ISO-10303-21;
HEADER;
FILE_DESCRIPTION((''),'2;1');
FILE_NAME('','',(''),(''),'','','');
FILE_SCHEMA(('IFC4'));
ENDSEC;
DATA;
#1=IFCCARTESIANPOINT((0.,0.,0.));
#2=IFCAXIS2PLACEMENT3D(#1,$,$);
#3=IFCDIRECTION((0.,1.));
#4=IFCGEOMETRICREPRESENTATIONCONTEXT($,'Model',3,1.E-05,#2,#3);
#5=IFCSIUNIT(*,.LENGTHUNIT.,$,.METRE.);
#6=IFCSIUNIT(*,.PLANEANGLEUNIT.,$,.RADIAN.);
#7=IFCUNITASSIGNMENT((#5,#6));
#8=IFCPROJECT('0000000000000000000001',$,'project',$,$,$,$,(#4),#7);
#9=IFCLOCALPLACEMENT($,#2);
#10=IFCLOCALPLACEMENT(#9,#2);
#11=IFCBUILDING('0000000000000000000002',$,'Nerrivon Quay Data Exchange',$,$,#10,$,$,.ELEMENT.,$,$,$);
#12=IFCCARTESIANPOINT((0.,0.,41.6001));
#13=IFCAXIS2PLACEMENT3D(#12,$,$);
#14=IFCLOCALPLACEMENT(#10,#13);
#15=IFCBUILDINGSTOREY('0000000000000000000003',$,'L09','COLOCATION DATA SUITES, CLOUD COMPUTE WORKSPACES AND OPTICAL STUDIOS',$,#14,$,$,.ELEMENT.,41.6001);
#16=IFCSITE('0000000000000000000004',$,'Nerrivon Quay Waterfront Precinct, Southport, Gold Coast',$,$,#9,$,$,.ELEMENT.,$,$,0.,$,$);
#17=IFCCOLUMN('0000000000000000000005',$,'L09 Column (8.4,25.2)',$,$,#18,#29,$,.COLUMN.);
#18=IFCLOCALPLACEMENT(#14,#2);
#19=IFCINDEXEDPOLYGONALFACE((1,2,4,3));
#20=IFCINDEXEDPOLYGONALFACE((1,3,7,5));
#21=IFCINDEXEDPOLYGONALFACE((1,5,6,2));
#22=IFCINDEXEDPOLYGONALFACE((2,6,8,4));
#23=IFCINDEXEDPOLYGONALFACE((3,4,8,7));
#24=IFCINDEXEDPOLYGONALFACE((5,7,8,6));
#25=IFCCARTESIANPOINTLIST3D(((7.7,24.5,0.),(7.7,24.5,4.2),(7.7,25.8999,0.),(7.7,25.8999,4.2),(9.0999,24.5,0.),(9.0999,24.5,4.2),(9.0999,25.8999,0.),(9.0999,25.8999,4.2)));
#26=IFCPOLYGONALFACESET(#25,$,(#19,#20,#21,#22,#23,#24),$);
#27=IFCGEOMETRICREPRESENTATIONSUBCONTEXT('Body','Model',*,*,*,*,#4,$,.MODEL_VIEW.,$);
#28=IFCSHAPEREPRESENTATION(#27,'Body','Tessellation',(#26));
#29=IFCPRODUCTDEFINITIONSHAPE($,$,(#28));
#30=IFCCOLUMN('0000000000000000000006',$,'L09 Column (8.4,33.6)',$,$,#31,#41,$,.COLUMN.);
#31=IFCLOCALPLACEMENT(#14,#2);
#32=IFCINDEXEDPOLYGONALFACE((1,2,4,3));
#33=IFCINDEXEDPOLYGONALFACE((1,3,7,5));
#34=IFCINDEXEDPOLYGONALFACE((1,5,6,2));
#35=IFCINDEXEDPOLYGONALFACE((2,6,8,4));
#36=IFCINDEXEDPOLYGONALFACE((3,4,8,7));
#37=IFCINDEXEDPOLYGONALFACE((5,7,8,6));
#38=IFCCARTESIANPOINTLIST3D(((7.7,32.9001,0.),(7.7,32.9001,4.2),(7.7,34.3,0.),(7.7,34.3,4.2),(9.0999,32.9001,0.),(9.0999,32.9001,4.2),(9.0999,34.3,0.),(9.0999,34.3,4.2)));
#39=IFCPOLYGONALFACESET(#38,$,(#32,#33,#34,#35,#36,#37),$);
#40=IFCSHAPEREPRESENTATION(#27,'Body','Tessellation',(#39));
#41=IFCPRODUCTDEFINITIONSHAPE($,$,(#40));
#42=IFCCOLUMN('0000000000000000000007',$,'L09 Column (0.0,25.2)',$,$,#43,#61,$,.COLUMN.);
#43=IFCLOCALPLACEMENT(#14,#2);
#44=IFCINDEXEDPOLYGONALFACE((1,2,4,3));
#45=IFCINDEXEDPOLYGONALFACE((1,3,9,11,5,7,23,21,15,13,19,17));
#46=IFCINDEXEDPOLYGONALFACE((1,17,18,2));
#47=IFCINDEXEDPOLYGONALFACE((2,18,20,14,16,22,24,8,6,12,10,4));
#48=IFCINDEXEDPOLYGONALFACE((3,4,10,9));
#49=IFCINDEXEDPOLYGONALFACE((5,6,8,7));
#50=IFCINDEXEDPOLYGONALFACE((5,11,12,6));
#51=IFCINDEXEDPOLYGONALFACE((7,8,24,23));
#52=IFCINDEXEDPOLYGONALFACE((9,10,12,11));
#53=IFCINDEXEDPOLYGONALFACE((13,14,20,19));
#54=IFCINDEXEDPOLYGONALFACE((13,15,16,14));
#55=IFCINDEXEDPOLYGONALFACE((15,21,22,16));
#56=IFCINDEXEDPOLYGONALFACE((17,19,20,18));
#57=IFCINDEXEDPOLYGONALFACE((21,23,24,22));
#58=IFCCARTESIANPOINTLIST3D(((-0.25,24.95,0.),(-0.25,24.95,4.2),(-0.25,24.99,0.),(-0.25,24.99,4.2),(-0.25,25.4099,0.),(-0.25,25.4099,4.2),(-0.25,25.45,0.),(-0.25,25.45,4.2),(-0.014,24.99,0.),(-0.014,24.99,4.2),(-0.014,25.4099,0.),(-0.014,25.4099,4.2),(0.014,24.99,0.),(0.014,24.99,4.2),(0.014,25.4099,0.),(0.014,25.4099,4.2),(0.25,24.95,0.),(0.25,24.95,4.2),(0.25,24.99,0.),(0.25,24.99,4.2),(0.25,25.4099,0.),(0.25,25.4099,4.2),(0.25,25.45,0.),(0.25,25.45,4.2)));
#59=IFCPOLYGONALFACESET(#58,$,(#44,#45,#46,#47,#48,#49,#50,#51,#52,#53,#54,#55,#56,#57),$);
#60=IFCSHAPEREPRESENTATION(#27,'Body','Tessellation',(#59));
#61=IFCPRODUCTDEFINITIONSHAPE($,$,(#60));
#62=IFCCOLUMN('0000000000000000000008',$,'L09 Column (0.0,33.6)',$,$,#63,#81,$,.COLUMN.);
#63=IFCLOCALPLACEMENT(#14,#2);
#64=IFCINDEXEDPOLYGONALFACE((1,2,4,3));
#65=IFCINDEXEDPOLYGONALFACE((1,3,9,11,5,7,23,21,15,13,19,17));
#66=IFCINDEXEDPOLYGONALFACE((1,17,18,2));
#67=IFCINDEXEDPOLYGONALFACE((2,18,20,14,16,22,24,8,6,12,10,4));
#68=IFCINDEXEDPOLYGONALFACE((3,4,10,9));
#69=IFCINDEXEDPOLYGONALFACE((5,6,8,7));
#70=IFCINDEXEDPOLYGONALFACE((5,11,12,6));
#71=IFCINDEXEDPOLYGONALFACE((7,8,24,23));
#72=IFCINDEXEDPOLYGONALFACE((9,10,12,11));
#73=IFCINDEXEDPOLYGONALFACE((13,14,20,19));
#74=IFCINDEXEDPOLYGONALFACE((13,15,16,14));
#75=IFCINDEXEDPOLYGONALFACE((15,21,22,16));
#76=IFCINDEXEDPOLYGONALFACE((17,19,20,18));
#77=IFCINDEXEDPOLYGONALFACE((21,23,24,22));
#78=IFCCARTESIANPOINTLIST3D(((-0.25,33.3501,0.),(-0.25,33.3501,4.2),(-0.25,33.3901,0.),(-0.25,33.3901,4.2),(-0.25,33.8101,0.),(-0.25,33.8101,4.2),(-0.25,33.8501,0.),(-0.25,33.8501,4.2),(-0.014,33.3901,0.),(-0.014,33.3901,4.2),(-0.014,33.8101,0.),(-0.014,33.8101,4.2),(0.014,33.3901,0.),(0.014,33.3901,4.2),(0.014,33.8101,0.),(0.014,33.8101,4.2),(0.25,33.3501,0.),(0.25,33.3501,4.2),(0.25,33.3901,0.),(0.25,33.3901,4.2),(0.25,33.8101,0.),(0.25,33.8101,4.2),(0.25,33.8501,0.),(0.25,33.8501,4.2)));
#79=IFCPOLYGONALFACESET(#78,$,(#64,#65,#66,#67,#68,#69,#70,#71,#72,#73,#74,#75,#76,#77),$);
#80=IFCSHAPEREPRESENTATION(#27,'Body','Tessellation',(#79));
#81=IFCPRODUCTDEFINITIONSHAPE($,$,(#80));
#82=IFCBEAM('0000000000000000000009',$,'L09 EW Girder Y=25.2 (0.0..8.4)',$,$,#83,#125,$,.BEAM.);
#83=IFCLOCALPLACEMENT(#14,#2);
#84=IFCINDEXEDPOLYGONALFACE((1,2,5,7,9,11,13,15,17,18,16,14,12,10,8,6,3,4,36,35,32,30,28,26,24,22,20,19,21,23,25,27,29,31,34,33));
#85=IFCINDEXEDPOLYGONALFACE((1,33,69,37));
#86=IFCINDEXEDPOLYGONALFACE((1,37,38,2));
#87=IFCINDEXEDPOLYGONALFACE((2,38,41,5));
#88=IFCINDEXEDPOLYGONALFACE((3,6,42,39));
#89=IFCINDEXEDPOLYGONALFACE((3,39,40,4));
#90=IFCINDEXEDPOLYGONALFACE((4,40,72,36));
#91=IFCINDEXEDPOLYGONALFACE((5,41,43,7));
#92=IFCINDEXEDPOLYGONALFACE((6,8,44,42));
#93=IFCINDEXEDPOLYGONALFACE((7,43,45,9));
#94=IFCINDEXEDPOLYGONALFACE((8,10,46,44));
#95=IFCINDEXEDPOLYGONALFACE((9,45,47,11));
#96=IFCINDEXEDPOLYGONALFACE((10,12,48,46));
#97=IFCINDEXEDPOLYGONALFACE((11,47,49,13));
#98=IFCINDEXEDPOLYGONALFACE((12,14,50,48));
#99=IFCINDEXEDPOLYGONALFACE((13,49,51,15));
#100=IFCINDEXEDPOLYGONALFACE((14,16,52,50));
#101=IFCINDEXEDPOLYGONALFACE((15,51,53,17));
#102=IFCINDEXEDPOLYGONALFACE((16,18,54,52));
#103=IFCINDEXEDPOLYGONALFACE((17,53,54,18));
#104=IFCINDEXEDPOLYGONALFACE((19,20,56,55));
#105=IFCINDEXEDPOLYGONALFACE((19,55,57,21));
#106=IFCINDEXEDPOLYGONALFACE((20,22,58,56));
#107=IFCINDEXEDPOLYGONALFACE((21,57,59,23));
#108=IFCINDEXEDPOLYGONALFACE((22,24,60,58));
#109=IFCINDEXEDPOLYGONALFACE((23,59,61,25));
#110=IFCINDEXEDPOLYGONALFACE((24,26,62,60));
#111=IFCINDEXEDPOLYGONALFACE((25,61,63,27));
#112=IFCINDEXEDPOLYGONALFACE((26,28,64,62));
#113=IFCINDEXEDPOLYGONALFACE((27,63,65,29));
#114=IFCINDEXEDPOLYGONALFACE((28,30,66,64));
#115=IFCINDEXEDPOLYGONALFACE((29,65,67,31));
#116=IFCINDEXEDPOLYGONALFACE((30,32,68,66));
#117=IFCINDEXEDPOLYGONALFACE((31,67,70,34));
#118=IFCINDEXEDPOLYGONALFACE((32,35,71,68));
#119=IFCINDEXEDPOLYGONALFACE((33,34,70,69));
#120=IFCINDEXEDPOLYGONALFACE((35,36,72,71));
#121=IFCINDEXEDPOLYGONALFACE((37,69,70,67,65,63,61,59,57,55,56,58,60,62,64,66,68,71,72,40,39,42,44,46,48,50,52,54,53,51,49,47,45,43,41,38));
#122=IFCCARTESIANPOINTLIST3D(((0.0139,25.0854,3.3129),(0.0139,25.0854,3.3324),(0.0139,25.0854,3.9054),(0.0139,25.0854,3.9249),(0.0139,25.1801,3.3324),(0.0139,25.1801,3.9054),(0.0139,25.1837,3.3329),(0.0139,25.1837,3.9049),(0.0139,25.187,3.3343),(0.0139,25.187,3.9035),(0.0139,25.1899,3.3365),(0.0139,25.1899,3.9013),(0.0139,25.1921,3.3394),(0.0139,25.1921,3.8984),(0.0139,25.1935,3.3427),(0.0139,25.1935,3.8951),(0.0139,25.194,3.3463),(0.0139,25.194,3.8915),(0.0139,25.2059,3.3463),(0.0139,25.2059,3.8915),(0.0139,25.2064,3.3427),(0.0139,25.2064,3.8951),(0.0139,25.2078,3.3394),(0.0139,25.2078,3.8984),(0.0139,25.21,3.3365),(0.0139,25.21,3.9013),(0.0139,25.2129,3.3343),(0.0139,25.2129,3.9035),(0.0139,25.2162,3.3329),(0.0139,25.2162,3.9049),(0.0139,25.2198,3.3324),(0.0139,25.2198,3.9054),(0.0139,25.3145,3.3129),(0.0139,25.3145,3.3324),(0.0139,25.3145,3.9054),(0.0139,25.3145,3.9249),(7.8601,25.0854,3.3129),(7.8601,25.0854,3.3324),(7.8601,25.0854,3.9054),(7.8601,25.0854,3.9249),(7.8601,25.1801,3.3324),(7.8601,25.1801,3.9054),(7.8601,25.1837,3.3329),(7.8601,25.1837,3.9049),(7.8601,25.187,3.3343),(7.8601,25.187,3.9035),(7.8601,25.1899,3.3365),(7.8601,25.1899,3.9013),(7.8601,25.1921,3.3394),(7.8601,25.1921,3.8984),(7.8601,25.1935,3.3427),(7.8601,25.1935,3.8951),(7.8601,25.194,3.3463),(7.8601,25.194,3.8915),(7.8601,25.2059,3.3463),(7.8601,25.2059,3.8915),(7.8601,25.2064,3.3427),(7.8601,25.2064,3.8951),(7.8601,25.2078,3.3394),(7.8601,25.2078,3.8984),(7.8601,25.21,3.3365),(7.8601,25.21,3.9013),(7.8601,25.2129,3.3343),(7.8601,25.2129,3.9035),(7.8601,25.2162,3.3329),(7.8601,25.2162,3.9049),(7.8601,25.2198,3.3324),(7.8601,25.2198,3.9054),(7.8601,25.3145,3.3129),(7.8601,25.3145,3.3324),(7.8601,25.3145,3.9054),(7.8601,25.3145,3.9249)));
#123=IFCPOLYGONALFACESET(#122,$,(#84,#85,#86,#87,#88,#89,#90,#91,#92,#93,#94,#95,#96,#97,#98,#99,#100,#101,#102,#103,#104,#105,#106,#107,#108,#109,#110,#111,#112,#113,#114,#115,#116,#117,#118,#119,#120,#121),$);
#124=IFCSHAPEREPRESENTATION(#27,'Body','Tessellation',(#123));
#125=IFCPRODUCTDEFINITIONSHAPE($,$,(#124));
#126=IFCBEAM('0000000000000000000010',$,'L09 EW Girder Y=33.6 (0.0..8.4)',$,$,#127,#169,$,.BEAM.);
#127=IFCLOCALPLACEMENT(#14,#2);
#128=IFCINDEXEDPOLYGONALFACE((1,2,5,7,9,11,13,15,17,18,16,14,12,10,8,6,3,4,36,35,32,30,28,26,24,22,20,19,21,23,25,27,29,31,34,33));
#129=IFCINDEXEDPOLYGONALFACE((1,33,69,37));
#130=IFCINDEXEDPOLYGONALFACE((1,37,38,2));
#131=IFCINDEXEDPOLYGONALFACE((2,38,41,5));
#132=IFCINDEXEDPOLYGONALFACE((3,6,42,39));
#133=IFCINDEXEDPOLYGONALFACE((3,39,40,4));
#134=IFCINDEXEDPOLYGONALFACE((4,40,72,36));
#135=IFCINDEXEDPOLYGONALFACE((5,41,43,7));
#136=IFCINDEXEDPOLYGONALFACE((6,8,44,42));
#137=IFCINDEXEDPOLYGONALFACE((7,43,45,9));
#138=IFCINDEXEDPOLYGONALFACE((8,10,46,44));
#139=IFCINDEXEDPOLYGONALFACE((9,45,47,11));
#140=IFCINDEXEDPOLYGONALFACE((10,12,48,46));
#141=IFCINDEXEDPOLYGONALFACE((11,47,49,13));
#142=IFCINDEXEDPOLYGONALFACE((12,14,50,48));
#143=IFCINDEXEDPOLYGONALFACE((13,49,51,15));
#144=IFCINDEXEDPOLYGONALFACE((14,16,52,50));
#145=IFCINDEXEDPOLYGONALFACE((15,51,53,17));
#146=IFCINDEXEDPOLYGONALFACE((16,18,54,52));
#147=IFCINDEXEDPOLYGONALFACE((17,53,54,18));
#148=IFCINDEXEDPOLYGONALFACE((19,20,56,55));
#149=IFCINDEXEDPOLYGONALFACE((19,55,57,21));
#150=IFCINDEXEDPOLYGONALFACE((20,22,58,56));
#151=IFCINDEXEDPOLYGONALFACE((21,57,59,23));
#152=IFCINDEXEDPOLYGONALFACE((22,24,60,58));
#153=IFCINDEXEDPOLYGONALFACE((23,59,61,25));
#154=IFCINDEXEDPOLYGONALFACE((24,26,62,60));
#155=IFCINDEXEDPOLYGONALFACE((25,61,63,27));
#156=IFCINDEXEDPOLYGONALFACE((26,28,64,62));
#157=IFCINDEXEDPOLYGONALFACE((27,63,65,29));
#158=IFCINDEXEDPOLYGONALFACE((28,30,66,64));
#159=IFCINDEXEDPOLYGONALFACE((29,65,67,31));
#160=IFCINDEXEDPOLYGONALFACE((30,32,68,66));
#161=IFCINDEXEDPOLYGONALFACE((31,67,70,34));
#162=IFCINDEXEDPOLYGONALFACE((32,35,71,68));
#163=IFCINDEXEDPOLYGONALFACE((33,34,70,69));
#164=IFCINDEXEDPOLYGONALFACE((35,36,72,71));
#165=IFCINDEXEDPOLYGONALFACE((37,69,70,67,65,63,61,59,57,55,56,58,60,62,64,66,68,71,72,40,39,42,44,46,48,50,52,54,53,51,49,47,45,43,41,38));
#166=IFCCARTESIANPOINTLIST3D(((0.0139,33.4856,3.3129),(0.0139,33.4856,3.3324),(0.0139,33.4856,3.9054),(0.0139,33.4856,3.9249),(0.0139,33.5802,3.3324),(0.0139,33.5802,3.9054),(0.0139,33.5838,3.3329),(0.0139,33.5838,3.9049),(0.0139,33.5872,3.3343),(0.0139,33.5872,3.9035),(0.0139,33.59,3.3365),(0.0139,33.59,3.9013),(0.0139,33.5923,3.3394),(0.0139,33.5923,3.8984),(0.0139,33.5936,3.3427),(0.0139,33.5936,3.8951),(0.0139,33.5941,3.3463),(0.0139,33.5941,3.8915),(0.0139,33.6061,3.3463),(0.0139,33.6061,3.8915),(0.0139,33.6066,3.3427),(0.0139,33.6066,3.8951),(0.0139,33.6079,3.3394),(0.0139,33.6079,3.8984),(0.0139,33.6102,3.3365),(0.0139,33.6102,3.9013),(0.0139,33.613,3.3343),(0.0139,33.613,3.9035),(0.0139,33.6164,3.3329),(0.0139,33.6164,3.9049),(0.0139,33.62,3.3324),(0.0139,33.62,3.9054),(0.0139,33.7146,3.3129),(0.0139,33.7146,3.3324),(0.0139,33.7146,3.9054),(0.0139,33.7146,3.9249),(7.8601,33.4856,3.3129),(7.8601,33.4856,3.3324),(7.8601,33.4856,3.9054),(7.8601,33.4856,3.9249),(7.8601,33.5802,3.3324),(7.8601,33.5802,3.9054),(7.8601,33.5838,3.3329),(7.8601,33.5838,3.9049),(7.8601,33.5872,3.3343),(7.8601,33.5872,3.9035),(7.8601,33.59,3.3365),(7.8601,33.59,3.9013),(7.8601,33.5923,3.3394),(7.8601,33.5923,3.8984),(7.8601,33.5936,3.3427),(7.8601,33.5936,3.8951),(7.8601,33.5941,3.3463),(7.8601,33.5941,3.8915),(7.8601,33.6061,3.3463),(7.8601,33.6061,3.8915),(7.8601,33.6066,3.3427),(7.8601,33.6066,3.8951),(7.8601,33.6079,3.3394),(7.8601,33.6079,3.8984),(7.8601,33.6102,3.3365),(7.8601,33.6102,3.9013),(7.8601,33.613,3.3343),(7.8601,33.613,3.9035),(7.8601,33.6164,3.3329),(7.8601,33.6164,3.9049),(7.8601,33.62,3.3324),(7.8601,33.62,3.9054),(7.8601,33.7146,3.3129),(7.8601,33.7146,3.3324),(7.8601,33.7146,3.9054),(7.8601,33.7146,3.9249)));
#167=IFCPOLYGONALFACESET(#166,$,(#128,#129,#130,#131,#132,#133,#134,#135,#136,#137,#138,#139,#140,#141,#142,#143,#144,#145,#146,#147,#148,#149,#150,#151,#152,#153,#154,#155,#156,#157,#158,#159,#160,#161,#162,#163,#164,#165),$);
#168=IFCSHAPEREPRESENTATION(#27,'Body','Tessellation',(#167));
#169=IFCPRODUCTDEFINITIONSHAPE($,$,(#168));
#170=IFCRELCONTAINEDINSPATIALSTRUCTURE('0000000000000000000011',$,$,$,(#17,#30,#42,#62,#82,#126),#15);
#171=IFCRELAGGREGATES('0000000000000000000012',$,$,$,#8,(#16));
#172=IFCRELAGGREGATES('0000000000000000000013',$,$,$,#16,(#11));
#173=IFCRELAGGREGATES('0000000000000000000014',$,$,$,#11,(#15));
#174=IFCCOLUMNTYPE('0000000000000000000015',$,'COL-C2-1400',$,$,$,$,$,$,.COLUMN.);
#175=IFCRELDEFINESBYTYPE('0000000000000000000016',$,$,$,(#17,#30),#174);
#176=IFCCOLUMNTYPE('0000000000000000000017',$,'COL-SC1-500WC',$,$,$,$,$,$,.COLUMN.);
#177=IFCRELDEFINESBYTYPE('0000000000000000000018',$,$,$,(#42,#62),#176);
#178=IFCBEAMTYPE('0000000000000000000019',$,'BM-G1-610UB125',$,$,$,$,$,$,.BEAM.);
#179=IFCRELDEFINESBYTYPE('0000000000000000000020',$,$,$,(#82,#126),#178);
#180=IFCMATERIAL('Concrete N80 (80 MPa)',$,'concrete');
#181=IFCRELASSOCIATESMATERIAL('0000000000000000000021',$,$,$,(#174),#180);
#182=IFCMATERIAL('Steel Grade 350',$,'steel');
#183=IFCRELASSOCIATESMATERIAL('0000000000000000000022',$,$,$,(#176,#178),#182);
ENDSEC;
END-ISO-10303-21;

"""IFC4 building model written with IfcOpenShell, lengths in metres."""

from ifc_helpers import new_model, si_unit, direction, frame, origin, origin_2d, place, context, subcontext, project, spatial, rectangle, i_section, extrude, material, material_profile, profile_set, type_object, element, save


model = new_model("IFC4")

# Units and contexts
model_context = context("Model", 3, precision=1e-05, world=origin(), true_north=direction((0.0, 1.0)))
body_context = subcontext(model_context, "Body", "Model", "MODEL_VIEW")
ifc_project = project(units=[si_unit("LENGTHUNIT", "METRE"), si_unit("PLANEANGLEUNIT", "RADIAN")], contexts=[model_context])

# Site, building, storey
site_placement = place(None, origin())
site = spatial("IfcSite", under=ifc_project, at=site_placement, Name="Nerrivon Quay Waterfront Precinct, Southport, Gold Coast", CompositionType="ELEMENT", RefElevation=0.0)
building_placement = place(site_placement, origin())
building = spatial("IfcBuilding", under=site, at=building_placement, Name="Nerrivon Quay Data Exchange", CompositionType="ELEMENT")
storey_placement = place(building_placement, frame((0.0, 0.0, 41.6001)))
storey = spatial("IfcBuildingStorey", under=building, at=storey_placement, Name="L09", Description="COLOCATION DATA SUITES, CLOUD COMPUTE WORKSPACES AND OPTICAL STUDIOS", CompositionType="ELEMENT", Elevation=41.6001)

# Columns
ifc_material_1 = material(Name="Concrete N80 (80 MPa)", Category="concrete")
ifc_material_profile_1 = material_profile(ifc_material_1, rectangle(XDim=1.3999, YDim=1.3999, at=origin_2d()), Name="RC-COL-1400x1400")
ifc_profile_set_1 = profile_set([ifc_material_profile_1], Name="Concrete N80 (80 MPa)")
column_type_1 = type_object("IfcColumnType", Name="COL-C2-1400", PredefinedType="COLUMN", material=ifc_profile_set_1)
for number, where, z_axis, x_axis, name in (
    (1, (8.3999, 25.2, 0.0), (0.0, 0.0, 1.0), (1.0, 0.0, 0.0), "L09 Column (8.4,25.2)"),
    (2, (8.3999, 33.6001, 0.0), (0.0, 0.0, 1.0), (1.0, 0.0, 0.0), "L09 Column (8.4,33.6)"),
):
    element("IfcColumn", number, at=place(storey_placement, frame(where, z_axis=z_axis, x_axis=x_axis)), inside=storey, type_object=column_type_1, Name=name, PredefinedType="COLUMN", context=body_context, shape_type="SweptSolid", body=[
        extrude(rectangle(XDim=1.3999, YDim=1.3999, at=origin_2d()), origin(), (0.0, 0.0, 1.0), 4.2),
    ])
ifc_material_2 = material(Name="Steel Grade 350", Category="steel")
ifc_material_profile_2 = material_profile(ifc_material_2, i_section(OverallWidth=0.5, OverallDepth=0.5, WebThickness=0.0281, FlangeThickness=0.04, at=origin_2d()), Name="500WC440")
ifc_profile_set_2 = profile_set([ifc_material_profile_2], Name="Steel Grade 350")
column_type_2 = type_object("IfcColumnType", Name="COL-SC1-500WC", PredefinedType="COLUMN", material=ifc_profile_set_2)
for number, where, z_axis, x_axis, name in (
    (3, (0.0, 25.2, 0.0), (0.0, 0.0, 1.0), (1.0, 0.0, 0.0), "L09 Column (0.0,25.2)"),
    (4, (0.0, 33.6001, 0.0), (0.0, 0.0, 1.0), (1.0, 0.0, 0.0), "L09 Column (0.0,33.6)"),
):
    element("IfcColumn", number, at=place(storey_placement, frame(where, z_axis=z_axis, x_axis=x_axis)), inside=storey, type_object=column_type_2, Name=name, PredefinedType="COLUMN", context=body_context, shape_type="SweptSolid", body=[
        extrude(i_section(OverallWidth=0.5, OverallDepth=0.5, WebThickness=0.0281, FlangeThickness=0.04, at=origin_2d()), origin(), (0.0, 0.0, 1.0), 4.2),
    ])

# Beams
ifc_material_profile_3 = material_profile(ifc_material_2, i_section(OverallWidth=0.229, OverallDepth=0.6121, WebThickness=0.012, FlangeThickness=0.0195, FilletRadius=0.0139, at=origin_2d()), Name="610UB125")
ifc_profile_set_3 = profile_set([ifc_material_profile_3], Name="Steel Grade 350")
beam_type_1 = type_object("IfcBeamType", Name="BM-G1-610UB125", PredefinedType="BEAM", material=ifc_profile_set_3)
for number, where, z_axis, x_axis, name in (
    (5, (0.0139, 25.2, 3.6189), (1.0, 0.0, 0.0), (0.0, 1.0, 0.0), "L09 EW Girder Y=25.2 (0.0..8.4)"),
    (6, (0.0139, 33.6001, 3.6189), (1.0, 0.0, 0.0), (0.0, 1.0, 0.0), "L09 EW Girder Y=33.6 (0.0..8.4)"),
):
    element("IfcBeam", number, at=place(storey_placement, frame(where, z_axis=z_axis, x_axis=x_axis)), inside=storey, type_object=beam_type_1, Name=name, PredefinedType="BEAM", context=body_context, shape_type="SweptSolid", body=[
        extrude(i_section(OverallWidth=0.229, OverallDepth=0.6121, WebThickness=0.012, FlangeThickness=0.0195, FilletRadius=0.0139, at=origin_2d()), origin(), (0.0, 0.0, 1.0), 7.8462),
    ])

save(model, "model.ifc")
